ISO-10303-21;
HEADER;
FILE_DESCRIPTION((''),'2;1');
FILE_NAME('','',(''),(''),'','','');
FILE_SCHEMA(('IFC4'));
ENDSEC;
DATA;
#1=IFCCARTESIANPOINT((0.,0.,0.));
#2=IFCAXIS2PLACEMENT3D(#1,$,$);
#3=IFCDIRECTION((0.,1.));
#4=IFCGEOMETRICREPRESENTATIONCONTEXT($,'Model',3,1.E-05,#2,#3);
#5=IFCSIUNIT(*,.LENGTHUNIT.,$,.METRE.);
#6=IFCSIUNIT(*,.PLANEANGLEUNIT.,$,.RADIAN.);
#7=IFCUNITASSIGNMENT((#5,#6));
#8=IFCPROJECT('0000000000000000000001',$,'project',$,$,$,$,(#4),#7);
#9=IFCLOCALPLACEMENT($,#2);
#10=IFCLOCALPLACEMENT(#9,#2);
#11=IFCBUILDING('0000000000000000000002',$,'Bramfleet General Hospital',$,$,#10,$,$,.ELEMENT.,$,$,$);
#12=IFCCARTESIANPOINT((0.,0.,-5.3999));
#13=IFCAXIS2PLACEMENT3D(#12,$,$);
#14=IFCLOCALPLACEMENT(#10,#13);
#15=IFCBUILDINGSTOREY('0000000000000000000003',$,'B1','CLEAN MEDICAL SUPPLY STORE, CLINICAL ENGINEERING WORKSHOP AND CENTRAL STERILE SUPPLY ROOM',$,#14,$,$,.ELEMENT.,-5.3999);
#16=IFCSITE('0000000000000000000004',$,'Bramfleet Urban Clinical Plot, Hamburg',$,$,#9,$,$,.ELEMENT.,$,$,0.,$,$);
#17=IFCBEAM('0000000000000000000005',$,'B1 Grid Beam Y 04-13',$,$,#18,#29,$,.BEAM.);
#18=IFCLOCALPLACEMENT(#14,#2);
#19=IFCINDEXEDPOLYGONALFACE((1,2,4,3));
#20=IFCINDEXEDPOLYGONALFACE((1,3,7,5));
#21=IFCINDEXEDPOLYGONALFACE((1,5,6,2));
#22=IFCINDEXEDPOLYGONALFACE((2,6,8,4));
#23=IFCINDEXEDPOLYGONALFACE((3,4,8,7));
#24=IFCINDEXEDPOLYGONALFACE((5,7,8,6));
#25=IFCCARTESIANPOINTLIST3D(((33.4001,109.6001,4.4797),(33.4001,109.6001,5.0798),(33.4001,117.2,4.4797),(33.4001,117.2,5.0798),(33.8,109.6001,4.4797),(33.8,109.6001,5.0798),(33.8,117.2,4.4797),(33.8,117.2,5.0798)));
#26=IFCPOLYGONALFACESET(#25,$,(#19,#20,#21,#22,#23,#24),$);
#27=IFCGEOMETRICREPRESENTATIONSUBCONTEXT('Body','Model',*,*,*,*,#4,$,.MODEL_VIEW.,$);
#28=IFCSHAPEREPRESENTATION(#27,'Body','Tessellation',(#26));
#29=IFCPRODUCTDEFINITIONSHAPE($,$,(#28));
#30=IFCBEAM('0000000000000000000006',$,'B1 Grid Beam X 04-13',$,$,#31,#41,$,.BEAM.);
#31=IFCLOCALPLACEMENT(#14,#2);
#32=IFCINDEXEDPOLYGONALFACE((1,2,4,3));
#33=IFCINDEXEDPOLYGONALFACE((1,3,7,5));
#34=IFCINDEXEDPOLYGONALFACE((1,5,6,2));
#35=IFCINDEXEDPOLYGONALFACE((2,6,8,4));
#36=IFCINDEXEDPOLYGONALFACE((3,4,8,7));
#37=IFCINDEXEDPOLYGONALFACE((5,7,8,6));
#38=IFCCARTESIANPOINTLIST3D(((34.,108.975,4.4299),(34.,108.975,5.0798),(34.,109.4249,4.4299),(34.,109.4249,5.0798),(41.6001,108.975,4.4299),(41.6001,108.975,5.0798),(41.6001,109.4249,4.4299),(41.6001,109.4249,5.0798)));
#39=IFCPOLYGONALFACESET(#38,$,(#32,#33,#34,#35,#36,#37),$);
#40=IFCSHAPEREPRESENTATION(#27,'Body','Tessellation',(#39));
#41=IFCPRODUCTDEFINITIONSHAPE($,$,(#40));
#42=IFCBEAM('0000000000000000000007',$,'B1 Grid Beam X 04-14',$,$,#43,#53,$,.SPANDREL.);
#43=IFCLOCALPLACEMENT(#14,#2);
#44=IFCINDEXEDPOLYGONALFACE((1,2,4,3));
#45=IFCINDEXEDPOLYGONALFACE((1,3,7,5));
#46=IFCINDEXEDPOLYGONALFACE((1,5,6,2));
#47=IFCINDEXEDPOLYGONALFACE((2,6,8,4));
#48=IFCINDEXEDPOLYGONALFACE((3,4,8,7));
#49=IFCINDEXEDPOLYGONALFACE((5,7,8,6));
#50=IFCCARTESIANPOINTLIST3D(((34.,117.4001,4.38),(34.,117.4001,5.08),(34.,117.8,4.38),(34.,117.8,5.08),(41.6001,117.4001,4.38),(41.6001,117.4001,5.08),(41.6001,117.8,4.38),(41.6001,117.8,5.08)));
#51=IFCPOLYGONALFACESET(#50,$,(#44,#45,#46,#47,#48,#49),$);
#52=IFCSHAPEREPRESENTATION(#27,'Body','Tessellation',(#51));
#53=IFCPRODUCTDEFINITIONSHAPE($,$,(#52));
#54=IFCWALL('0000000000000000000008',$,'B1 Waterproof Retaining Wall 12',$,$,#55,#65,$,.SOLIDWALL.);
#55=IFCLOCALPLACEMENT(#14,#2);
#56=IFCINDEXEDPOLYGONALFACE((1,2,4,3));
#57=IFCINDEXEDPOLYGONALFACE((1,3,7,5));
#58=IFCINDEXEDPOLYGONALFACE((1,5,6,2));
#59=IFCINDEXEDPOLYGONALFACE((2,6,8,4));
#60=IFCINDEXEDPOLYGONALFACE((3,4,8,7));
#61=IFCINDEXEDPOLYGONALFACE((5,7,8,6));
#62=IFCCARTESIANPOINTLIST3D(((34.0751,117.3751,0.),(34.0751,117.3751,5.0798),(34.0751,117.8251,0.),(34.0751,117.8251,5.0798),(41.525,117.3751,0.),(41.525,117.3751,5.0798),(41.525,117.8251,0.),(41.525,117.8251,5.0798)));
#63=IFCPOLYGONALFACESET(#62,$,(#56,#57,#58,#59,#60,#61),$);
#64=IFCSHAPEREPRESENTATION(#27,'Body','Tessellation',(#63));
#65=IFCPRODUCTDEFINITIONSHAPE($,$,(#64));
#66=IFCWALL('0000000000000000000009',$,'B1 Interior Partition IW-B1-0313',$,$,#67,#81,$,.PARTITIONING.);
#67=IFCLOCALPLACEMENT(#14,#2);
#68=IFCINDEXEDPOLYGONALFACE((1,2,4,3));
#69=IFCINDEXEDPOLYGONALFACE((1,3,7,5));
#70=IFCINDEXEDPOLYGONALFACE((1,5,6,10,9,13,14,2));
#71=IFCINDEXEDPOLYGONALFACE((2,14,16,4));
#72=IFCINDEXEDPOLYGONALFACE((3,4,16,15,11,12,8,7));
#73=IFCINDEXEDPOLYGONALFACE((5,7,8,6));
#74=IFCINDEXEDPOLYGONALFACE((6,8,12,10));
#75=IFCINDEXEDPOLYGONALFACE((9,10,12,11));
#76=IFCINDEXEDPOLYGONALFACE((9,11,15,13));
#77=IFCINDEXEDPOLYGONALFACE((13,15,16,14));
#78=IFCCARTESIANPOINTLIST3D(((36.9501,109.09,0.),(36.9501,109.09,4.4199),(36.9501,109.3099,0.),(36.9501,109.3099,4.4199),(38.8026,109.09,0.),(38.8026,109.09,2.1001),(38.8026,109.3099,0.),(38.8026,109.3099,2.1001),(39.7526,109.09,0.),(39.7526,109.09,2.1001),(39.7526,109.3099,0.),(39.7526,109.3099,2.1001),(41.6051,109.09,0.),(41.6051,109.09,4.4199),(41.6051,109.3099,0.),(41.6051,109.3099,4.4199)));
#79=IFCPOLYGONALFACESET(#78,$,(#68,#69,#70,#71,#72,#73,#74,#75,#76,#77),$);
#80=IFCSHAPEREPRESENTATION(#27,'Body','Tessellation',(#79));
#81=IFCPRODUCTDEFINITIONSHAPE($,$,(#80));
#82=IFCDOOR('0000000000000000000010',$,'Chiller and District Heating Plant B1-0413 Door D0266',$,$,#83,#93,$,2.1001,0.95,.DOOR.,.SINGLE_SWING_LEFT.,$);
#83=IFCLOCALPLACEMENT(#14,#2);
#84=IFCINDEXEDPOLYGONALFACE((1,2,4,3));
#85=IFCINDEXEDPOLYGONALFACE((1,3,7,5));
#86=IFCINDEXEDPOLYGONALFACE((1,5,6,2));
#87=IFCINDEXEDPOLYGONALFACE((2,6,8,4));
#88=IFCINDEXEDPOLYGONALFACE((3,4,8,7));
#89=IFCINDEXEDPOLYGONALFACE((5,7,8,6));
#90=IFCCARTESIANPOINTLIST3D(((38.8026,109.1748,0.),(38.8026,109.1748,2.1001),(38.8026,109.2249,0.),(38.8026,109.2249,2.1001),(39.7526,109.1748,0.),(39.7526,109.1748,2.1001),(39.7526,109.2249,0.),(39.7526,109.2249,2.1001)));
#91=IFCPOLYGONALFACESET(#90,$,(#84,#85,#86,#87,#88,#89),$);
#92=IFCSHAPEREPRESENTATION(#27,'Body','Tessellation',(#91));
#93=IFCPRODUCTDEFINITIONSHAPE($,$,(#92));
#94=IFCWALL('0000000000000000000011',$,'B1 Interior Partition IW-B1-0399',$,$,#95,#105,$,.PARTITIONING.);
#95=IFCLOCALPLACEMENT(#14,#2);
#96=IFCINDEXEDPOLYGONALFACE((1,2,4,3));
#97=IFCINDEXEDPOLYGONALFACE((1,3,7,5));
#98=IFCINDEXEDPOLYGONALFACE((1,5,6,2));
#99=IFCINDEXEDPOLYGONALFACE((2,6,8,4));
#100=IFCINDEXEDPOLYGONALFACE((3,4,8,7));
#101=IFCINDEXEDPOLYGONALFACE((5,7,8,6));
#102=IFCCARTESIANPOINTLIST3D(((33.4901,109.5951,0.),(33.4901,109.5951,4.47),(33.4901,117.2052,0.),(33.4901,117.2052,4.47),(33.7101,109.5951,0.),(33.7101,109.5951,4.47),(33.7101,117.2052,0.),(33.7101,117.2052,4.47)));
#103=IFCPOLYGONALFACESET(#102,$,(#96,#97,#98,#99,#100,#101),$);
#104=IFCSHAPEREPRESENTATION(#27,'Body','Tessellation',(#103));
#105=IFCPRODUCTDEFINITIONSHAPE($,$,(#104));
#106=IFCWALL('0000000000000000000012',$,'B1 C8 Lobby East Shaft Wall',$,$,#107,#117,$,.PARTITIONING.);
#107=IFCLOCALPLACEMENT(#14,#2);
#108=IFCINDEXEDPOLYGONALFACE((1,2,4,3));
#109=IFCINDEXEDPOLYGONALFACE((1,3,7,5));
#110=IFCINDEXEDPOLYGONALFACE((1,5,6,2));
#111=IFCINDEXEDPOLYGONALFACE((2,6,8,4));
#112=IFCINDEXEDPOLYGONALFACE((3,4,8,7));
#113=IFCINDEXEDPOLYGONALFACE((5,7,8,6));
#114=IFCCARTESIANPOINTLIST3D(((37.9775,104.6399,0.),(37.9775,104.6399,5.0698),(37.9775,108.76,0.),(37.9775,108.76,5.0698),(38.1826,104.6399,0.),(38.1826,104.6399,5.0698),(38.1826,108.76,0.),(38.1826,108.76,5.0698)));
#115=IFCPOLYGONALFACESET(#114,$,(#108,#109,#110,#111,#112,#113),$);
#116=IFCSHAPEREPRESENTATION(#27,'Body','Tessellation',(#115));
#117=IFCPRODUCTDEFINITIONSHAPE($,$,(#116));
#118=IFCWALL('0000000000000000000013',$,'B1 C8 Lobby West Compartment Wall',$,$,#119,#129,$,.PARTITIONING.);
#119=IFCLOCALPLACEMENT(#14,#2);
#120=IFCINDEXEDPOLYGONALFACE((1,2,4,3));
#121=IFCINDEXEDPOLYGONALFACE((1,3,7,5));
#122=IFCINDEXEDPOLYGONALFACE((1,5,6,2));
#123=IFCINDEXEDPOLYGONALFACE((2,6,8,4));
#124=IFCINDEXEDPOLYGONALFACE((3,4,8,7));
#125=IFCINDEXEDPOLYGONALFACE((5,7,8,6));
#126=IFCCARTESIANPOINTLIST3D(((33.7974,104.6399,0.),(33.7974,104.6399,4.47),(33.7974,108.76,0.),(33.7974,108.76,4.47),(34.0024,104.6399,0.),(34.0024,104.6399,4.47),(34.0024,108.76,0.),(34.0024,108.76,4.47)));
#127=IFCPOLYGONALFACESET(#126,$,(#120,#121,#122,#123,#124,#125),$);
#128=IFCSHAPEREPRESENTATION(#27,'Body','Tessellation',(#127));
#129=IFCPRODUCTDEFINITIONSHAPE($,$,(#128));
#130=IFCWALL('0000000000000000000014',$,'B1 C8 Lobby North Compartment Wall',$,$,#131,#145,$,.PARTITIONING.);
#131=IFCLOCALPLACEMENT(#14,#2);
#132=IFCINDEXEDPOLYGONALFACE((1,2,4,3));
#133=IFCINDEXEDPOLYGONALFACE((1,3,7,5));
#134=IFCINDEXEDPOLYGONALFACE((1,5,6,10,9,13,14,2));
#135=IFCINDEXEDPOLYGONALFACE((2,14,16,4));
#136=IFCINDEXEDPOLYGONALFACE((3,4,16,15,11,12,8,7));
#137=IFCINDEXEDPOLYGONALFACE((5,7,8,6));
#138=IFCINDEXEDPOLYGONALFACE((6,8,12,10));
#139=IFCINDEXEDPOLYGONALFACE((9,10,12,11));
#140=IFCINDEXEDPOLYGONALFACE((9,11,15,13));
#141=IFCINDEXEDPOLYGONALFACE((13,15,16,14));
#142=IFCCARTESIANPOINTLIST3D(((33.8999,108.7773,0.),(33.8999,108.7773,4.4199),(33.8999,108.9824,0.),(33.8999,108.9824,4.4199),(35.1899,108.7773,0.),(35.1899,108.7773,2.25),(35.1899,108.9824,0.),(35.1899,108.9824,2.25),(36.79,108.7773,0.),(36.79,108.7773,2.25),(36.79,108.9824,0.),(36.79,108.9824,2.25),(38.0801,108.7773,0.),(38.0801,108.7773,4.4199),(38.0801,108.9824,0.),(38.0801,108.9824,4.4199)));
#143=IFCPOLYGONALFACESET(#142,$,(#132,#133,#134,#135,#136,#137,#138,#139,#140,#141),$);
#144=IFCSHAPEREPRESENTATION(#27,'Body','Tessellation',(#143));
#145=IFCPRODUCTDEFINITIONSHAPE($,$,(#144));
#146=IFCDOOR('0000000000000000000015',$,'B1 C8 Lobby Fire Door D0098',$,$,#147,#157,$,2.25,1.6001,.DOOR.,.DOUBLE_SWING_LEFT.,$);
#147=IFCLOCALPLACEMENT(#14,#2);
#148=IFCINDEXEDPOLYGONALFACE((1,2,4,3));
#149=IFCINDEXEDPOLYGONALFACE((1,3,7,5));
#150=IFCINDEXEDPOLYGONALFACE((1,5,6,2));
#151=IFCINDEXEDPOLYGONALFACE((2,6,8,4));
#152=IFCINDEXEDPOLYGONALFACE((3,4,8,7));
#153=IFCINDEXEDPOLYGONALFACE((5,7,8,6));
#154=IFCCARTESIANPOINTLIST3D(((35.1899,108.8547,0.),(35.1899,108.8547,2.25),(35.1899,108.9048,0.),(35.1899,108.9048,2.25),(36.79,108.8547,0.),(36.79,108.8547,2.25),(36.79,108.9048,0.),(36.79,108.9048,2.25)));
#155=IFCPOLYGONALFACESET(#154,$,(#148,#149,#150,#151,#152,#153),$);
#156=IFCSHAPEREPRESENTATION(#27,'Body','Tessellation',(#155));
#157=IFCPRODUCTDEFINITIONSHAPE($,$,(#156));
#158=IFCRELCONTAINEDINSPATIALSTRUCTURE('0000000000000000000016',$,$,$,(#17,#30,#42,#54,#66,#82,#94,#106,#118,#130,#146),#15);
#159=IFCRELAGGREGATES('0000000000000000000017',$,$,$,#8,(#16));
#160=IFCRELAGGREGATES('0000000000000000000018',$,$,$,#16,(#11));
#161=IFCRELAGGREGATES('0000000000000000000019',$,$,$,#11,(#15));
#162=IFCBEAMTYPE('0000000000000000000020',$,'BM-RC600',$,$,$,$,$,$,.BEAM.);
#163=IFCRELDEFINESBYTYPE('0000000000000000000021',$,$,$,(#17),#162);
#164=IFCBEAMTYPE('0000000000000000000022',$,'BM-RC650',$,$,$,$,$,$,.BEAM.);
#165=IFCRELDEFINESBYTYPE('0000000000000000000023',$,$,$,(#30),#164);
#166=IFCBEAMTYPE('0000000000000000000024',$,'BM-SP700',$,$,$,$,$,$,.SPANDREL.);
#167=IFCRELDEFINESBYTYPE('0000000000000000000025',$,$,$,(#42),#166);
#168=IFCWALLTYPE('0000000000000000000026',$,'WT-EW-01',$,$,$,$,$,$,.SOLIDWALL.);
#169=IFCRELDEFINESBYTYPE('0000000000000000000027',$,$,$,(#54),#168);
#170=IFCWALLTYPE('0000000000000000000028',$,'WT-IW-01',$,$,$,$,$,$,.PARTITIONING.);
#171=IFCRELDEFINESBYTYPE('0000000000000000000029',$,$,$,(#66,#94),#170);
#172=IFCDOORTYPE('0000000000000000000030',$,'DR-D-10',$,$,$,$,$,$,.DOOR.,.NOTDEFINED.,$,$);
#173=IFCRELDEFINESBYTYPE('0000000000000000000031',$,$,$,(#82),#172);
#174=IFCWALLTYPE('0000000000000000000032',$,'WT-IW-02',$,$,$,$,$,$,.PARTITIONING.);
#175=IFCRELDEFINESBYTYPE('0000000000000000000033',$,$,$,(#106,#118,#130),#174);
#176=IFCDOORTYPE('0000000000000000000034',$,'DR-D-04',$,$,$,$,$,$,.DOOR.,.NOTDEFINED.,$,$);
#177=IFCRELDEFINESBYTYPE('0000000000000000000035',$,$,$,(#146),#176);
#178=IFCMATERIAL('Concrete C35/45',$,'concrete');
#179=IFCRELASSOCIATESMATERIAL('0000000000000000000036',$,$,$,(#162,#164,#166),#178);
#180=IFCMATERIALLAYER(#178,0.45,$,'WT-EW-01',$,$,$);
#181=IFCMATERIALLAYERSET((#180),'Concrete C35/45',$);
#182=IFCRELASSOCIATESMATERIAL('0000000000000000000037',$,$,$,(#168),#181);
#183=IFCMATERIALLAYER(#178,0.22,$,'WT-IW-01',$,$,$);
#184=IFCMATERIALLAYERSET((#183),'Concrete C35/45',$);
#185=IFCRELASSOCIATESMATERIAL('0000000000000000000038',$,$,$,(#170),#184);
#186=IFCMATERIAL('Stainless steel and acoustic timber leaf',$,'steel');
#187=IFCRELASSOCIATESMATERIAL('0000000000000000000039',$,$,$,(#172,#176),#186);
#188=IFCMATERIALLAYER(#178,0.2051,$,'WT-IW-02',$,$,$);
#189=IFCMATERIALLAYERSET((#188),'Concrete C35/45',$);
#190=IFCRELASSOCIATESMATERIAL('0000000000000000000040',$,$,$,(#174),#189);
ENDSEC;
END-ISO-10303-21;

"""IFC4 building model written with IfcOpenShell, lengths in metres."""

from ifc_helpers import new_model, si_unit, direction, frame, frame_2d, origin, origin_2d, place, context, subcontext, project, spatial, rectangle, extrude, material, layer, layer_set, material_profile, profile_set, type_object, element, fill, save


model = new_model("IFC4")

# Units and contexts
model_context = context("Model", 3, precision=1e-05, world=origin(), true_north=direction((0.0, 1.0)))
body_context = subcontext(model_context, "Body", "Model", "MODEL_VIEW")
ifc_project = project(units=[si_unit("LENGTHUNIT", "METRE"), si_unit("PLANEANGLEUNIT", "RADIAN")], contexts=[model_context])

# Site, building, storey
site_placement = place(None, origin())
site = spatial("IfcSite", under=ifc_project, at=site_placement, Name="Bramfleet Urban Clinical Plot, Hamburg", CompositionType="ELEMENT", RefElevation=0.0)
building_placement = place(site_placement, origin())
building = spatial("IfcBuilding", under=site, at=building_placement, Name="Bramfleet General Hospital", CompositionType="ELEMENT")
storey_placement = place(building_placement, frame((0.0, 0.0, -5.3999)))
storey = spatial("IfcBuildingStorey", under=building, at=storey_placement, Name="B1", Description="CLEAN MEDICAL SUPPLY STORE, CLINICAL ENGINEERING WORKSHOP AND CENTRAL STERILE SUPPLY ROOM", CompositionType="ELEMENT", Elevation=-5.3999)

# Shared definitions
ifc_material_1 = material(Name="Concrete C35/45", Category="concrete")

# Beams
ifc_material_profile_1 = material_profile(ifc_material_1, rectangle(XDim=0.3999, YDim=0.6001, at=origin_2d()), Name="RC BM 600x400")
ifc_profile_set_1 = profile_set([ifc_material_profile_1], Name="Concrete C35/45")
beam_type_1 = type_object("IfcBeamType", Name="BM-RC600", PredefinedType="BEAM", material=ifc_profile_set_1)
beam_1_placement = place(storey_placement, frame((33.6001, 109.6001, 4.7798), z_axis=(0.0, 1.0, 0.0), x_axis=(-1.0, 0.0, 0.0)))
element("IfcBeam", 1, at=beam_1_placement, inside=storey, type_object=beam_type_1, Name="B1 Grid Beam Y 04-13", PredefinedType="BEAM", context=body_context, shape_type="SweptSolid", body=[
    extrude(rectangle(XDim=0.3999, YDim=0.6001, at=origin_2d()), origin(), (0.0, 0.0, 1.0), 7.5999),
])
ifc_material_profile_2 = material_profile(ifc_material_1, rectangle(XDim=0.45, YDim=0.6499, at=origin_2d()), Name="RC BM 650x450")
ifc_profile_set_2 = profile_set([ifc_material_profile_2], Name="Concrete C35/45")
beam_type_2 = type_object("IfcBeamType", Name="BM-RC650", PredefinedType="BEAM", material=ifc_profile_set_2)
beam_2_placement = place(storey_placement, frame((34.0, 109.2, 4.7549), z_axis=(1.0, 0.0, 0.0), x_axis=(0.0, 1.0, 0.0)))
element("IfcBeam", 2, at=beam_2_placement, inside=storey, type_object=beam_type_2, Name="B1 Grid Beam X 04-13", PredefinedType="BEAM", context=body_context, shape_type="SweptSolid", body=[
    extrude(rectangle(XDim=0.45, YDim=0.6499, at=origin_2d()), origin(), (0.0, 0.0, 1.0), 7.6001),
])
ifc_material_profile_3 = material_profile(ifc_material_1, rectangle(XDim=0.3999, YDim=0.7, at=origin_2d()), Name="RC SP 700x400")
ifc_profile_set_3 = profile_set([ifc_material_profile_3], Name="Concrete C35/45")
beam_type_3 = type_object("IfcBeamType", Name="BM-SP700", PredefinedType="SPANDREL", material=ifc_profile_set_3)
beam_3_placement = place(storey_placement, frame((34.0, 117.6001, 4.73), z_axis=(1.0, 0.0, 0.0), x_axis=(0.0, 1.0, 0.0)))
element("IfcBeam", 3, at=beam_3_placement, inside=storey, type_object=beam_type_3, Name="B1 Grid Beam X 04-14", PredefinedType="SPANDREL", context=body_context, shape_type="SweptSolid", body=[
    extrude(rectangle(XDim=0.3999, YDim=0.7, at=origin_2d()), origin(), (0.0, 0.0, 1.0), 7.6001),
])

# Wall
ifc_layer_1 = layer(ifc_material_1, 0.45, Name="WT-EW-01")
ifc_layer_set_1 = layer_set([ifc_layer_1], Name="Concrete C35/45")
wall_type_1 = type_object("IfcWallType", Name="WT-EW-01", PredefinedType="SOLIDWALL", material=ifc_layer_set_1)
wall_1_placement = place(storey_placement, frame((34.075, 117.6001, 0.0), z_axis=(0.0, 0.0, 1.0), x_axis=(1.0, 0.0, 0.0)))
element("IfcWall", 4, at=wall_1_placement, inside=storey, type_object=wall_type_1, Name="B1 Waterproof Retaining Wall 12", PredefinedType="SOLIDWALL", context=body_context, shape_type="SweptSolid", body=[
    extrude(rectangle(XDim=7.45, YDim=0.45, at=frame_2d((3.7251, 0.0))), origin(), (0.0, 0.0, 1.0), 5.0798),
])

# Wall, opening, door
ifc_layer_2 = layer(ifc_material_1, 0.22, Name="WT-IW-01")
ifc_layer_set_2 = layer_set([ifc_layer_2], Name="Concrete C35/45")
wall_type_2 = type_object("IfcWallType", Name="WT-IW-01", PredefinedType="PARTITIONING", material=ifc_layer_set_2)
wall_2_placement = place(storey_placement, frame((36.95, 109.2, 0.0), z_axis=(0.0, 0.0, 1.0), x_axis=(1.0, 0.0, 0.0)))
wall_2 = element("IfcWall", 5, at=wall_2_placement, inside=storey, type_object=wall_type_2, Name="B1 Interior Partition IW-B1-0313", PredefinedType="PARTITIONING", context=body_context, shape_type="SweptSolid", body=[
    extrude(rectangle(XDim=4.655, YDim=0.22, at=frame_2d((2.3276, 0.0))), origin(), (0.0, 0.0, 1.0), 4.4199),
])
opening_1_placement = place(wall_2_placement, frame((1.8525, 0.0, 0.0)))
opening_1 = element("IfcOpeningElement", 6, at=opening_1_placement, cuts=wall_2, PredefinedType="OPENING", context=body_context, shape_type="SweptSolid", body=[
    extrude(rectangle(XDim=0.95, YDim=2.1001, at=frame_2d((0.4751, 1.05))), frame((0.0, 0.1199, 0.0), z_axis=(0.0, -1.0, 0.0), x_axis=(1.0, 0.0, 0.0)), (0.0, 0.0, 1.0), 0.24),
])
ifc_material_2 = material(Name="Stainless steel and acoustic timber leaf", Category="steel")
door_type_1 = type_object("IfcDoorType", Name="DR-D-10", OperationType="NOTDEFINED", PredefinedType="DOOR", material=ifc_material_2)
door_1_placement = place(opening_1_placement, origin())
door_1 = element("IfcDoor", 7, at=door_1_placement, inside=storey, type_object=door_type_1, Name="Chiller and District Heating Plant B1-0413 Door D0266", OperationType="SINGLE_SWING_LEFT", OverallHeight=2.1001, OverallWidth=0.95, PredefinedType="DOOR", context=body_context, shape_type="SweptSolid", body=[
    extrude(rectangle(XDim=0.95, YDim=2.1001, at=frame_2d((0.4751, 1.05))), frame((0.0, 0.0249, 0.0), z_axis=(0.0, -1.0, 0.0), x_axis=(1.0, 0.0, 0.0)), (0.0, 0.0, 1.0), 0.05),
])
fill(opening_1, door_1)

# Walls
wall_3_placement = place(storey_placement, frame((33.6001, 109.595, 0.0), z_axis=(0.0, 0.0, 1.0), x_axis=(0.0, 1.0, 0.0)))
element("IfcWall", 8, at=wall_3_placement, inside=storey, type_object=wall_type_2, Name="B1 Interior Partition IW-B1-0399", PredefinedType="PARTITIONING", context=body_context, shape_type="SweptSolid", body=[
    extrude(rectangle(XDim=7.6101, YDim=0.22, at=frame_2d((3.8052, 0.0))), origin(), (0.0, 0.0, 1.0), 4.47),
])
ifc_layer_3 = layer(ifc_material_1, 0.2051, Name="WT-IW-02")
ifc_layer_set_3 = layer_set([ifc_layer_3], Name="Concrete C35/45")
wall_type_3 = type_object("IfcWallType", Name="WT-IW-02", PredefinedType="PARTITIONING", material=ifc_layer_set_3)
wall_4_placement = place(storey_placement, frame((38.0801, 104.6399, 0.0), z_axis=(0.0, 0.0, 1.0), x_axis=(0.0, 1.0, 0.0)))
element("IfcWall", 9, at=wall_4_placement, inside=storey, type_object=wall_type_3, Name="B1 C8 Lobby East Shaft Wall", PredefinedType="PARTITIONING", context=body_context, shape_type="SweptSolid", body=[
    extrude(rectangle(XDim=4.1201, YDim=0.2051, at=frame_2d((2.0601, 0.0))), origin(), (0.0, 0.0, 1.0), 5.0698),
])
wall_5_placement = place(storey_placement, frame((33.8999, 104.6399, 0.0), z_axis=(0.0, 0.0, 1.0), x_axis=(0.0, 1.0, 0.0)))
element("IfcWall", 10, at=wall_5_placement, inside=storey, type_object=wall_type_3, Name="B1 C8 Lobby West Compartment Wall", PredefinedType="PARTITIONING", context=body_context, shape_type="SweptSolid", body=[
    extrude(rectangle(XDim=4.1201, YDim=0.2051, at=frame_2d((2.0601, 0.0))), origin(), (0.0, 0.0, 1.0), 4.47),
])

# Wall, opening, door
wall_6_placement = place(storey_placement, frame((33.8999, 108.8799, 0.0), z_axis=(0.0, 0.0, 1.0), x_axis=(1.0, 0.0, 0.0)))
wall_6 = element("IfcWall", 11, at=wall_6_placement, inside=storey, type_object=wall_type_3, Name="B1 C8 Lobby North Compartment Wall", PredefinedType="PARTITIONING", context=body_context, shape_type="SweptSolid", body=[
    extrude(rectangle(XDim=4.1802, YDim=0.2051, at=frame_2d((2.0901, 0.0))), origin(), (0.0, 0.0, 1.0), 4.4199),
])
opening_2_placement = place(wall_6_placement, frame((1.29, 0.0, 0.0)))
opening_2 = element("IfcOpeningElement", 12, at=opening_2_placement, cuts=wall_6, PredefinedType="OPENING", context=body_context, shape_type="SweptSolid", body=[
    extrude(rectangle(XDim=1.6001, YDim=2.25, at=frame_2d((0.8, 1.125))), frame((0.0, 0.1125, 0.0), z_axis=(0.0, -1.0, 0.0), x_axis=(1.0, 0.0, 0.0)), (0.0, 0.0, 1.0), 0.2251),
])
door_type_2 = type_object("IfcDoorType", Name="DR-D-04", OperationType="NOTDEFINED", PredefinedType="DOOR", material=ifc_material_2)
door_2_placement = place(opening_2_placement, origin())
door_2 = element("IfcDoor", 13, at=door_2_placement, inside=storey, type_object=door_type_2, Name="B1 C8 Lobby Fire Door D0098", OperationType="DOUBLE_SWING_LEFT", OverallHeight=2.25, OverallWidth=1.6001, PredefinedType="DOOR", context=body_context, shape_type="SweptSolid", body=[
    extrude(rectangle(XDim=1.6001, YDim=2.25, at=frame_2d((0.8, 1.125))), frame((0.0, 0.0249, 0.0), z_axis=(0.0, -1.0, 0.0), x_axis=(1.0, 0.0, 0.0)), (0.0, 0.0, 1.0), 0.05),
])
fill(opening_2, door_2)

save(model, "model.ifc")
